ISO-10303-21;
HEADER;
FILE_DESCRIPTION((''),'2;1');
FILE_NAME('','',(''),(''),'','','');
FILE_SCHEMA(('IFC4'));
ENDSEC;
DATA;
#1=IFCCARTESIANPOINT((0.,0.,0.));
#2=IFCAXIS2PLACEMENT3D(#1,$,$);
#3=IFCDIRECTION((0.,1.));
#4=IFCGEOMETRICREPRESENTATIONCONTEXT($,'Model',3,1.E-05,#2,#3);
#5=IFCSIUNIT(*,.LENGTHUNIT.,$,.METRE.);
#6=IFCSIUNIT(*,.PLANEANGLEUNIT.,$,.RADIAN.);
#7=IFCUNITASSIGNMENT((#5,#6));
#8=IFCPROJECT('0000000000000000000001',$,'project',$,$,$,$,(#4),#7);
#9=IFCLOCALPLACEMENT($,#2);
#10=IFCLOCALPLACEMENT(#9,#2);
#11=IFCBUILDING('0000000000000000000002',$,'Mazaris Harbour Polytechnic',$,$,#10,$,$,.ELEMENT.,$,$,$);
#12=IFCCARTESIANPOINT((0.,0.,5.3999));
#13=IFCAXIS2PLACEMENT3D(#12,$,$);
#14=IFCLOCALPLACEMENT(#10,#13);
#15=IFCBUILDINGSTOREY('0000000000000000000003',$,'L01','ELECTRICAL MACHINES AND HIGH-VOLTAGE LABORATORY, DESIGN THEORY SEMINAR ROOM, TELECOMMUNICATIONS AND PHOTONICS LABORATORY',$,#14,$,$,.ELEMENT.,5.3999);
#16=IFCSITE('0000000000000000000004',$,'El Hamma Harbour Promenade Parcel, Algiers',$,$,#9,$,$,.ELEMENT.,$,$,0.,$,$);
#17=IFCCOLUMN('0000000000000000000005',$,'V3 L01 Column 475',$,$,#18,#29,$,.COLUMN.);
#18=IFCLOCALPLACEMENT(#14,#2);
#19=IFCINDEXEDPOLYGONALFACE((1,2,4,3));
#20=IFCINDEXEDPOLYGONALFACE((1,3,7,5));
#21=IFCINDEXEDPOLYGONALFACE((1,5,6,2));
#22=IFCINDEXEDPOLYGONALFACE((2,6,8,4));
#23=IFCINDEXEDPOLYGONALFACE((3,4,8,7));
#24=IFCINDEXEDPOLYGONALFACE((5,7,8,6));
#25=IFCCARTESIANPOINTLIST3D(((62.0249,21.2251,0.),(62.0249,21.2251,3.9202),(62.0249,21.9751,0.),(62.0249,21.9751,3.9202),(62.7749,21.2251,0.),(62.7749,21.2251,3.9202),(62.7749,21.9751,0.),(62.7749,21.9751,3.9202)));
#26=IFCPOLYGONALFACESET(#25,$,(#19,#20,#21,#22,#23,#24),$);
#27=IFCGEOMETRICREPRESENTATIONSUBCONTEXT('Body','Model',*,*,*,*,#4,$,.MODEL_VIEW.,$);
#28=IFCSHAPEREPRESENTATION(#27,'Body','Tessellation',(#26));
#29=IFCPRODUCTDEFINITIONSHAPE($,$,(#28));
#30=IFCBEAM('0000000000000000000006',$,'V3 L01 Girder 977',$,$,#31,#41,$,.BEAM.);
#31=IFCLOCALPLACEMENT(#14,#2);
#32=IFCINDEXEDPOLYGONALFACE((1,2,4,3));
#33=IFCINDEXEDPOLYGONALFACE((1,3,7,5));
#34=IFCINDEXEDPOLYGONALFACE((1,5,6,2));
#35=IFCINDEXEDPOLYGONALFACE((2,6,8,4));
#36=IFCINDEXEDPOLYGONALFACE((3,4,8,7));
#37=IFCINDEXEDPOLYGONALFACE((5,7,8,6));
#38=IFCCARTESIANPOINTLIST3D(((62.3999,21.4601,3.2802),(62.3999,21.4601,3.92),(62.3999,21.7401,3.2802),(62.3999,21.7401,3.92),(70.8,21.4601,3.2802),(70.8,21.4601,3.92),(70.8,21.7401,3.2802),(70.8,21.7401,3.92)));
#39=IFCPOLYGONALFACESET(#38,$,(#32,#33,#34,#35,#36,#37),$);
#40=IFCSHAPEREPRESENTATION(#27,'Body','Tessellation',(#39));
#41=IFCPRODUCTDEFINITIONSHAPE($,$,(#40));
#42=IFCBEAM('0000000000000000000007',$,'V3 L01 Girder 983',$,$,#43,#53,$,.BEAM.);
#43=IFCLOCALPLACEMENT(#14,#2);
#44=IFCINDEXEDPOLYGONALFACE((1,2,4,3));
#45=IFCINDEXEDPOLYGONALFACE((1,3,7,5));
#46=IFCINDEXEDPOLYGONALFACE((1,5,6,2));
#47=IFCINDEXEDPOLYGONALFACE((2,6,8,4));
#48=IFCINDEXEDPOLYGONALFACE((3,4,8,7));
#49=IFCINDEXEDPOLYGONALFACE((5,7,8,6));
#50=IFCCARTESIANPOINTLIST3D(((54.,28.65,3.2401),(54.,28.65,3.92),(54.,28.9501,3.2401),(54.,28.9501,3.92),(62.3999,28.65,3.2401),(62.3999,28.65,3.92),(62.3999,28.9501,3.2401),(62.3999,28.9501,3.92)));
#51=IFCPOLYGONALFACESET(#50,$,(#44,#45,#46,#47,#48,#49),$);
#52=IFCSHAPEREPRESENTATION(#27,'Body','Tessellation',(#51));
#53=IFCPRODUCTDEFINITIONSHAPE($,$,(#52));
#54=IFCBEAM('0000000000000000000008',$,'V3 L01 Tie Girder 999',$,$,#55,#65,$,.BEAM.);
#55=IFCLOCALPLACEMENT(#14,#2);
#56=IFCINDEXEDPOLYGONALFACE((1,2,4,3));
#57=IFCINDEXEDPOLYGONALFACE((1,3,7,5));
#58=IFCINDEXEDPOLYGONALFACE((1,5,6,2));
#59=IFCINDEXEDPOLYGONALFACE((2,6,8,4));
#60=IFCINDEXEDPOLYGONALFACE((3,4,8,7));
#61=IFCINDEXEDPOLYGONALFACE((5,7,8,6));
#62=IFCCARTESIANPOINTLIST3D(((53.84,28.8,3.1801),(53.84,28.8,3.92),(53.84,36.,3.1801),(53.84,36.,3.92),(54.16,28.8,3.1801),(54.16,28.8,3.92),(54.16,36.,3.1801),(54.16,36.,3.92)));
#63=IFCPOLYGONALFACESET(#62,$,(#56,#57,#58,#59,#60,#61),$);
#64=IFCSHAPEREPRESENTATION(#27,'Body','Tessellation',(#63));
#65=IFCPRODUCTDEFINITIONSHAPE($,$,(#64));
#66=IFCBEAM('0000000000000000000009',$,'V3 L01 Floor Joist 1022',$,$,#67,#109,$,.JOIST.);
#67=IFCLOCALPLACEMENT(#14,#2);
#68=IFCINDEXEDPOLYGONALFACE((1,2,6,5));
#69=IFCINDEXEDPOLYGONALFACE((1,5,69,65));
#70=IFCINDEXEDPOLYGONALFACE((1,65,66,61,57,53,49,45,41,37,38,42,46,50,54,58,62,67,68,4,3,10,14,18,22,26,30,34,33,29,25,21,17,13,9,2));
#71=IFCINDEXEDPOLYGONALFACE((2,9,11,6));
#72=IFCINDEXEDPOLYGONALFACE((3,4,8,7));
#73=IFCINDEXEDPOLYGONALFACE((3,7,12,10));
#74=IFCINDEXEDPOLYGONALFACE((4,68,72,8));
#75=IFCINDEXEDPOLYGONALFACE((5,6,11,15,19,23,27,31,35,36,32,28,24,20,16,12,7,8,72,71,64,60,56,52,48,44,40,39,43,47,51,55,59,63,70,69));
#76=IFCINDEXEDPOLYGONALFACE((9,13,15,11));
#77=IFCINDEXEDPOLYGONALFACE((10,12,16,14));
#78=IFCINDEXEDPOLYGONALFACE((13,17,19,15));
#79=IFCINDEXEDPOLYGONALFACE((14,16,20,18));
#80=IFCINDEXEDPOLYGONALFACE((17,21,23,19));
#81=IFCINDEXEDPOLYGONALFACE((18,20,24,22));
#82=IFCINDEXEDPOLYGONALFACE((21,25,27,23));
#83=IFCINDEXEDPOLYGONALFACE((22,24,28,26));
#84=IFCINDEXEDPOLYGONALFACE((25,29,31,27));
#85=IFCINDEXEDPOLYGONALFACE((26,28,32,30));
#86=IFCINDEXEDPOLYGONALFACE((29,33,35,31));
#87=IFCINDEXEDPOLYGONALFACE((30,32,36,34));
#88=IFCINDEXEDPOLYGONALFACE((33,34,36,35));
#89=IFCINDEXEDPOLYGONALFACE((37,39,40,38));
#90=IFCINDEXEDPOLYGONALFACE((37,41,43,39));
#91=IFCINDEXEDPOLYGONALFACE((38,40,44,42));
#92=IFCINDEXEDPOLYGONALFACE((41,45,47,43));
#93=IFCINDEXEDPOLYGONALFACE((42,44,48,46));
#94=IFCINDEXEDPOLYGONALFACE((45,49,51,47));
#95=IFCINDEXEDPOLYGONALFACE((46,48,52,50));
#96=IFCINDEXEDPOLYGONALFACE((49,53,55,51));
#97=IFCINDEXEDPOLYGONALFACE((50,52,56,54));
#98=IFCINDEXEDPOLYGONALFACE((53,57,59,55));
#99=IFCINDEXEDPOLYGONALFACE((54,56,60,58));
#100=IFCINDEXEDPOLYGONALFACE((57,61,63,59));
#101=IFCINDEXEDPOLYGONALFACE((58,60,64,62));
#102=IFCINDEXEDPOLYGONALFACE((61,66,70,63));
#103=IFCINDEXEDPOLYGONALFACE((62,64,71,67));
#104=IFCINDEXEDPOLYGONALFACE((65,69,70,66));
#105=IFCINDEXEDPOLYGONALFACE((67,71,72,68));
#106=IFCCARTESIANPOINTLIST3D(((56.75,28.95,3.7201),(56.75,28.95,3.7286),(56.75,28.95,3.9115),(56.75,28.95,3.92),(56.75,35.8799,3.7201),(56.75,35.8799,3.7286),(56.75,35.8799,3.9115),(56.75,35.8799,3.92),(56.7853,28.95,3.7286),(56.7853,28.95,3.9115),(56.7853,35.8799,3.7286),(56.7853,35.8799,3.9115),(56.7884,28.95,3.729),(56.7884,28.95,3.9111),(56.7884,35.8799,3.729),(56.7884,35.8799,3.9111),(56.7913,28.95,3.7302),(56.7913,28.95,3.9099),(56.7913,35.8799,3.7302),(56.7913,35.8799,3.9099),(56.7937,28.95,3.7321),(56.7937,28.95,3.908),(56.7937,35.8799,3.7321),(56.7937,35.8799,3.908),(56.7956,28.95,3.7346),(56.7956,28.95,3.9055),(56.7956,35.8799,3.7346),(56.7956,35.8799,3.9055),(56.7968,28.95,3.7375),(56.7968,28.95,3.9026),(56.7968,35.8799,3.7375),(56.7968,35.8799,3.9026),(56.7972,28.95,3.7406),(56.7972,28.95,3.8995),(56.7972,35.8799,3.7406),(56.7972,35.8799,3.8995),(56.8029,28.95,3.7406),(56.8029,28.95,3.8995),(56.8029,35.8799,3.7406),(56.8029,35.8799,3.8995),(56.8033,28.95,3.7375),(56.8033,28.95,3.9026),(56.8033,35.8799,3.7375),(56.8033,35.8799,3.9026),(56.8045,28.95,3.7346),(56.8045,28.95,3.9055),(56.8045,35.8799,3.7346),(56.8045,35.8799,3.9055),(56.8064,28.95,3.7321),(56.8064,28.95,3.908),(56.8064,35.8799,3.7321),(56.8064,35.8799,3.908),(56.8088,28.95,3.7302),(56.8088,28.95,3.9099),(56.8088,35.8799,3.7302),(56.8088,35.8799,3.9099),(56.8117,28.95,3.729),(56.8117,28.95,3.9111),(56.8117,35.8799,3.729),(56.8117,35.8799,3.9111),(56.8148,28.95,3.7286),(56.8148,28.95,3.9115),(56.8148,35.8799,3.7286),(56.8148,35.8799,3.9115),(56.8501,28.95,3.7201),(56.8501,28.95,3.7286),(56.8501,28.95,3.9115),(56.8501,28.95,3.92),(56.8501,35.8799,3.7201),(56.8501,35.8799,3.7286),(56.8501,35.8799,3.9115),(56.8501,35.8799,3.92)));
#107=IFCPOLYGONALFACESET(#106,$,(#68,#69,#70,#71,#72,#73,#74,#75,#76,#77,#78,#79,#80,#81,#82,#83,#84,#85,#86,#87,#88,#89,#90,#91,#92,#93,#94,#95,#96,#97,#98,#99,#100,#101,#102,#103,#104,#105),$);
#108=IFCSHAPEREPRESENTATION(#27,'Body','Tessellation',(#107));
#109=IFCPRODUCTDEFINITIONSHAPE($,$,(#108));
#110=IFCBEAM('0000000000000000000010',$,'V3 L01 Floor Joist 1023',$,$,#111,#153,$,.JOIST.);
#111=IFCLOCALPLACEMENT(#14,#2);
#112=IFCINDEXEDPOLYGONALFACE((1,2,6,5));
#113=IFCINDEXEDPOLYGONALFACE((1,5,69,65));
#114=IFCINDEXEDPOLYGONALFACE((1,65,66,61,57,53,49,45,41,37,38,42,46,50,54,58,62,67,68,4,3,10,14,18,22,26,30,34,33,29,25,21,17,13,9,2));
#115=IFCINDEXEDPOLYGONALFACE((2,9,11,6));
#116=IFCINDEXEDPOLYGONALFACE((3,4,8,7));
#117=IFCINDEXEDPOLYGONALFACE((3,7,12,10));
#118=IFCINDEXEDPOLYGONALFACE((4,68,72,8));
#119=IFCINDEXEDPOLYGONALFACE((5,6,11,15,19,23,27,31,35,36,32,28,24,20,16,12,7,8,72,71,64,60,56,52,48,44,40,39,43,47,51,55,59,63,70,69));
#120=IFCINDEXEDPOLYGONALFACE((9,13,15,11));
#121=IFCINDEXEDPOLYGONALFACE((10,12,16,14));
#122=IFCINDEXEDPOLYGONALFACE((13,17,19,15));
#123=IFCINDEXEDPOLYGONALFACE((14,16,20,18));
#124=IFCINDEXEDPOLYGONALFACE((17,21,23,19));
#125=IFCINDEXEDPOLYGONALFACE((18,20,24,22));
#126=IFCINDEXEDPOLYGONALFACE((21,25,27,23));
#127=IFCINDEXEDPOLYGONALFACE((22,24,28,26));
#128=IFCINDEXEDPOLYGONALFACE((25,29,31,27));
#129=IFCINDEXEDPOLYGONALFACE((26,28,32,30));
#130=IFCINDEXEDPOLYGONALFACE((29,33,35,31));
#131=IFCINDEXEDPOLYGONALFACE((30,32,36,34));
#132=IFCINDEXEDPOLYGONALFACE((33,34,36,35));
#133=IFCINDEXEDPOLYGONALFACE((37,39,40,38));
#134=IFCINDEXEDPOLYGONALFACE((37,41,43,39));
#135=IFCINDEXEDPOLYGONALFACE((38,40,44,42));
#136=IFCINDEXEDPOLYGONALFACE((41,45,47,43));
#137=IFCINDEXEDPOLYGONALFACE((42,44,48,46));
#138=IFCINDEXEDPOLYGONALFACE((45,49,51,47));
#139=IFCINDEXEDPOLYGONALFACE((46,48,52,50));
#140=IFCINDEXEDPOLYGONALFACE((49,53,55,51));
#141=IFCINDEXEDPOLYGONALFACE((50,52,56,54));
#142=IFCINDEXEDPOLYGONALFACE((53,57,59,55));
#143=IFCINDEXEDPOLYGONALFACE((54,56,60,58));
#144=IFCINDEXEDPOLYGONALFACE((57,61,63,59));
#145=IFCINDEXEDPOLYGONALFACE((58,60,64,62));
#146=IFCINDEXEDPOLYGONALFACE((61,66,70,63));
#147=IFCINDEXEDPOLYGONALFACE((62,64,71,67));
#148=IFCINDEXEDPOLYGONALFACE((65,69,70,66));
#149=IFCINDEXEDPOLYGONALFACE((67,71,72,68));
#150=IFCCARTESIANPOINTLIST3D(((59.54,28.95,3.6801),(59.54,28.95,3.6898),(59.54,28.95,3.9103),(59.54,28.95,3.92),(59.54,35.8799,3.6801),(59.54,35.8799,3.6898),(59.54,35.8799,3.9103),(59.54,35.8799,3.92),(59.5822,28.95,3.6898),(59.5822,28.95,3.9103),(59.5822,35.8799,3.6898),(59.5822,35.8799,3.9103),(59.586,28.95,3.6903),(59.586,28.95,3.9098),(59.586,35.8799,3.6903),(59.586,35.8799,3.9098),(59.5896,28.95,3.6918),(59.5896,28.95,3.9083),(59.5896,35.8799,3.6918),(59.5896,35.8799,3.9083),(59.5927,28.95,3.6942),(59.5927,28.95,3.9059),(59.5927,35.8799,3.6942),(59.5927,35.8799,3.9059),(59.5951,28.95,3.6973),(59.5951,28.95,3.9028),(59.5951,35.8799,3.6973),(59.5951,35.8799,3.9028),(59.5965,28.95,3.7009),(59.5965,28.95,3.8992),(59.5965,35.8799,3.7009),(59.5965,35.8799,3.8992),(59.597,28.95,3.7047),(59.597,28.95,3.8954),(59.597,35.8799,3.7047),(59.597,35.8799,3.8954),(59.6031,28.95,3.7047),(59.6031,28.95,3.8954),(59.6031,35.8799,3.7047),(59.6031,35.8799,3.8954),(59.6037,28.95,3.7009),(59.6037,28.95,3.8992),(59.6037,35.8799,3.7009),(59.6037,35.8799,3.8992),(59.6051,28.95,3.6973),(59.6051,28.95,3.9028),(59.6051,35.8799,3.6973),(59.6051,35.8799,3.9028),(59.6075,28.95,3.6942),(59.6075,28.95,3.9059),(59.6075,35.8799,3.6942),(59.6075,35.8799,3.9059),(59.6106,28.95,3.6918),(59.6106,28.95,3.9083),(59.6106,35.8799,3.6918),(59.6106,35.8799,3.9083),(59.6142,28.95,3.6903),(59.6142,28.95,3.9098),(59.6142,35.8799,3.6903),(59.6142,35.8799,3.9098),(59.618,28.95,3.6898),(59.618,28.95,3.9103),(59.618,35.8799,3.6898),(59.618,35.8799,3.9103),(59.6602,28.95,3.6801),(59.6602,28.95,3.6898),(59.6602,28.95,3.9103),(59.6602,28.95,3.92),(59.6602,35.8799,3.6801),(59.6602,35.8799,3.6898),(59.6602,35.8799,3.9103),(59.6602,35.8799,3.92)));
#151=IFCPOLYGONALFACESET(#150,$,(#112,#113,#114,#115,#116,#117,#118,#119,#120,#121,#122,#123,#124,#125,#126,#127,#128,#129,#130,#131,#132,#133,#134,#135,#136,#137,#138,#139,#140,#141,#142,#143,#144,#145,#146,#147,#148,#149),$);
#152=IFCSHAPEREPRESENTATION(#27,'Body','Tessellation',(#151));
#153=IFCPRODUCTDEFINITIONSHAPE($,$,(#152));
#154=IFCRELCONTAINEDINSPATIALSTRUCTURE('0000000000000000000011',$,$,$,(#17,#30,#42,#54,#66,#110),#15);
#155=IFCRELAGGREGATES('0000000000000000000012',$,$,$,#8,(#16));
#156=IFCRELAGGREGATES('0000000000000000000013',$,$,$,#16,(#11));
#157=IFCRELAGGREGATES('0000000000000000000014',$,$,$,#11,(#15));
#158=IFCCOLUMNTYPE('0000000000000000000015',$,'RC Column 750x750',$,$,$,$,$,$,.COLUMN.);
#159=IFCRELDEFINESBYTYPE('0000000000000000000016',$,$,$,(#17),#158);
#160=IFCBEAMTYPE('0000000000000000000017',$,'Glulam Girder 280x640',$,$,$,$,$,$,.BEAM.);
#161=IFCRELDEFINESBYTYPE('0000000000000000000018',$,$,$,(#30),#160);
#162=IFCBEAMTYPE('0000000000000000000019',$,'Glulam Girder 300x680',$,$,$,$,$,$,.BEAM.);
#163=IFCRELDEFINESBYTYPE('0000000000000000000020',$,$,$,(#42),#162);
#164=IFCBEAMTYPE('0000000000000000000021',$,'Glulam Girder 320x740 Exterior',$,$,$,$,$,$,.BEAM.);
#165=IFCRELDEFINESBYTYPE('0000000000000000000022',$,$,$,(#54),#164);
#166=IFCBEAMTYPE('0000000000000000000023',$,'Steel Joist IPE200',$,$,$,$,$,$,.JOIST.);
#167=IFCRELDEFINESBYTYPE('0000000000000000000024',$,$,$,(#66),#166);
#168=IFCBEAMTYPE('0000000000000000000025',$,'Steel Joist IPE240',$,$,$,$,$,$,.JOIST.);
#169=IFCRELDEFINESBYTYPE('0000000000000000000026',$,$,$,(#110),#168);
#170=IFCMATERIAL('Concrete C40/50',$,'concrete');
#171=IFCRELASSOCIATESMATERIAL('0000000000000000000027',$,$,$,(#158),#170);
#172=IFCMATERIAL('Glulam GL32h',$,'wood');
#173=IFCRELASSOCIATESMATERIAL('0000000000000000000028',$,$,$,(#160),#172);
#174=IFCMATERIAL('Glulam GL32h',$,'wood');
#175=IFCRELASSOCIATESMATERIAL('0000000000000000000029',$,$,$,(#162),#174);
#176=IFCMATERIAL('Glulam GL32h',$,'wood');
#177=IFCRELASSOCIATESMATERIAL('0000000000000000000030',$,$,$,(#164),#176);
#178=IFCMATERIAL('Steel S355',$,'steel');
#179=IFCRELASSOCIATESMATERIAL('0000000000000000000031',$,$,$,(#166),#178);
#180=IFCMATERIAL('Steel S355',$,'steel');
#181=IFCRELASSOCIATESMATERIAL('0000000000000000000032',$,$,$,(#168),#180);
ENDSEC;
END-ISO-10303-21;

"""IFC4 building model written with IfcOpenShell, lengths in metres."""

from ifc_helpers import new_model, si_unit, direction, frame, origin, origin_2d, place, context, subcontext, project, spatial, rectangle, i_section, extrude, material, material_profile, profile_set, type_object, element, save


model = new_model("IFC4")

# Units and contexts
model_context = context("Model", 3, precision=1e-05, world=origin(), true_north=direction((0.0, 1.0)))
body_context = subcontext(model_context, "Body", "Model", "MODEL_VIEW")
ifc_project = project(units=[si_unit("LENGTHUNIT", "METRE"), si_unit("PLANEANGLEUNIT", "RADIAN")], contexts=[model_context])

# Site, building, storey
site_placement = place(None, origin())
site = spatial("IfcSite", under=ifc_project, at=site_placement, Name="El Hamma Harbour Promenade Parcel, Algiers", CompositionType="ELEMENT", RefElevation=0.0)
building_placement = place(site_placement, origin())
building = spatial("IfcBuilding", under=site, at=building_placement, Name="Mazaris Harbour Polytechnic", CompositionType="ELEMENT")
storey_placement = place(building_placement, frame((0.0, 0.0, 5.3999)))
storey = spatial("IfcBuildingStorey", under=building, at=storey_placement, Name="L01", Description="ELECTRICAL MACHINES AND HIGH-VOLTAGE LABORATORY, DESIGN THEORY SEMINAR ROOM, TELECOMMUNICATIONS AND PHOTONICS LABORATORY", CompositionType="ELEMENT", Elevation=5.3999)

# Column
ifc_material_1 = material(Name="Concrete C40/50", Category="concrete")
ifc_material_profile_1 = material_profile(ifc_material_1, rectangle(XDim=0.75, YDim=0.75, at=origin_2d()), Name="RECT750x750")
ifc_profile_set_1 = profile_set([ifc_material_profile_1], Name="Concrete C40/50")
column_type = type_object("IfcColumnType", Name="RC Column 750x750", PredefinedType="COLUMN", material=ifc_profile_set_1)
column_placement = place(storey_placement, frame((62.3999, 21.6001, 0.0), z_axis=(0.0, 0.0, 1.0), x_axis=(1.0, 0.0, 0.0)))
element("IfcColumn", 1, at=column_placement, inside=storey, type_object=column_type, Name="V3 L01 Column 475", PredefinedType="COLUMN", context=body_context, shape_type="SweptSolid", body=[
    extrude(rectangle(XDim=0.75, YDim=0.75, at=origin_2d()), origin(), (0.0, 0.0, 1.0), 3.9202),
])

# Beams
ifc_material_2 = material(Name="Glulam GL32h", Category="wood")
ifc_material_profile_2 = material_profile(ifc_material_2, rectangle(XDim=0.28, YDim=0.6399, at=origin_2d()), Name="RECT280x640")
ifc_profile_set_2 = profile_set([ifc_material_profile_2], Name="Glulam GL32h")
beam_type_1 = type_object("IfcBeamType", Name="Glulam Girder 280x640", PredefinedType="BEAM", material=ifc_profile_set_2)
beam_1_placement = place(storey_placement, frame((62.3999, 21.6001, 3.6001), z_axis=(1.0, 0.0, 0.0), x_axis=(0.0, 1.0, 0.0)))
element("IfcBeam", 2, at=beam_1_placement, inside=storey, type_object=beam_type_1, Name="V3 L01 Girder 977", PredefinedType="BEAM", context=body_context, shape_type="SweptSolid", body=[
    extrude(rectangle(XDim=0.28, YDim=0.6399, at=origin_2d()), origin(), (0.0, 0.0, 1.0), 8.4001),
])
ifc_material_3 = material(Name="Glulam GL32h", Category="wood")
ifc_material_profile_3 = material_profile(ifc_material_3, rectangle(XDim=0.3, YDim=0.6799, at=origin_2d()), Name="RECT300x680")
ifc_profile_set_3 = profile_set([ifc_material_profile_3], Name="Glulam GL32h")
beam_type_2 = type_object("IfcBeamType", Name="Glulam Girder 300x680", PredefinedType="BEAM", material=ifc_profile_set_3)
beam_2_placement = place(storey_placement, frame((54.0, 28.8, 3.5801), z_axis=(1.0, 0.0, 0.0), x_axis=(0.0, 1.0, 0.0)))
element("IfcBeam", 3, at=beam_2_placement, inside=storey, type_object=beam_type_2, Name="V3 L01 Girder 983", PredefinedType="BEAM", context=body_context, shape_type="SweptSolid", body=[
    extrude(rectangle(XDim=0.3, YDim=0.6799, at=origin_2d()), origin(), (0.0, 0.0, 1.0), 8.3999),
])
ifc_material_4 = material(Name="Glulam GL32h", Category="wood")
ifc_material_profile_4 = material_profile(ifc_material_4, rectangle(XDim=0.3201, YDim=0.74, at=origin_2d()), Name="RECT320x740")
ifc_profile_set_4 = profile_set([ifc_material_profile_4], Name="Glulam GL32h")
beam_type_3 = type_object("IfcBeamType", Name="Glulam Girder 320x740 Exterior", PredefinedType="BEAM", material=ifc_profile_set_4)
beam_3_placement = place(storey_placement, frame((54.0, 28.8, 3.55), z_axis=(0.0, 1.0, 0.0), x_axis=(-1.0, 0.0, 0.0)))
element("IfcBeam", 4, at=beam_3_placement, inside=storey, type_object=beam_type_3, Name="V3 L01 Tie Girder 999", PredefinedType="BEAM", context=body_context, shape_type="SweptSolid", body=[
    extrude(rectangle(XDim=0.3201, YDim=0.74, at=origin_2d()), origin(), (0.0, 0.0, 1.0), 7.2),
])
ifc_material_5 = material(Name="Steel S355", Category="steel")
ifc_material_profile_5 = material_profile(ifc_material_5, i_section(OverallWidth=0.1001, OverallDepth=0.2, WebThickness=0.0056, FlangeThickness=0.0085, FilletRadius=0.012, at=origin_2d()), Name="IPE 200")
ifc_profile_set_5 = profile_set([ifc_material_profile_5], Name="Steel S355")
beam_type_4 = type_object("IfcBeamType", Name="Steel Joist IPE200", PredefinedType="JOIST", material=ifc_profile_set_5)
beam_4_placement = place(storey_placement, frame((56.8, 28.95, 3.8201), z_axis=(0.0, 1.0, 0.0), x_axis=(-1.0, 0.0, 0.0)))
element("IfcBeam", 5, at=beam_4_placement, inside=storey, type_object=beam_type_4, Name="V3 L01 Floor Joist 1022", PredefinedType="JOIST", context=body_context, shape_type="SweptSolid", body=[
    extrude(i_section(OverallWidth=0.1001, OverallDepth=0.2, WebThickness=0.0056, FlangeThickness=0.0085, FilletRadius=0.012, at=origin_2d()), origin(), (0.0, 0.0, 1.0), 6.9299),
])
ifc_material_6 = material(Name="Steel S355", Category="steel")
ifc_material_profile_6 = material_profile(ifc_material_6, i_section(OverallWidth=0.1201, OverallDepth=0.24, WebThickness=0.0061, FlangeThickness=0.0098, FilletRadius=0.0149, at=origin_2d()), Name="IPE 240")
ifc_profile_set_6 = profile_set([ifc_material_profile_6], Name="Steel S355")
beam_type_5 = type_object("IfcBeamType", Name="Steel Joist IPE240", PredefinedType="JOIST", material=ifc_profile_set_6)
beam_5_placement = place(storey_placement, frame((59.6001, 28.95, 3.8), z_axis=(0.0, 1.0, 0.0), x_axis=(-1.0, 0.0, 0.0)))
element("IfcBeam", 6, at=beam_5_placement, inside=storey, type_object=beam_type_5, Name="V3 L01 Floor Joist 1023", PredefinedType="JOIST", context=body_context, shape_type="SweptSolid", body=[
    extrude(i_section(OverallWidth=0.1201, OverallDepth=0.24, WebThickness=0.0061, FlangeThickness=0.0098, FilletRadius=0.0149, at=origin_2d()), origin(), (0.0, 0.0, 1.0), 6.9299),
])

save(model, "model.ifc")
